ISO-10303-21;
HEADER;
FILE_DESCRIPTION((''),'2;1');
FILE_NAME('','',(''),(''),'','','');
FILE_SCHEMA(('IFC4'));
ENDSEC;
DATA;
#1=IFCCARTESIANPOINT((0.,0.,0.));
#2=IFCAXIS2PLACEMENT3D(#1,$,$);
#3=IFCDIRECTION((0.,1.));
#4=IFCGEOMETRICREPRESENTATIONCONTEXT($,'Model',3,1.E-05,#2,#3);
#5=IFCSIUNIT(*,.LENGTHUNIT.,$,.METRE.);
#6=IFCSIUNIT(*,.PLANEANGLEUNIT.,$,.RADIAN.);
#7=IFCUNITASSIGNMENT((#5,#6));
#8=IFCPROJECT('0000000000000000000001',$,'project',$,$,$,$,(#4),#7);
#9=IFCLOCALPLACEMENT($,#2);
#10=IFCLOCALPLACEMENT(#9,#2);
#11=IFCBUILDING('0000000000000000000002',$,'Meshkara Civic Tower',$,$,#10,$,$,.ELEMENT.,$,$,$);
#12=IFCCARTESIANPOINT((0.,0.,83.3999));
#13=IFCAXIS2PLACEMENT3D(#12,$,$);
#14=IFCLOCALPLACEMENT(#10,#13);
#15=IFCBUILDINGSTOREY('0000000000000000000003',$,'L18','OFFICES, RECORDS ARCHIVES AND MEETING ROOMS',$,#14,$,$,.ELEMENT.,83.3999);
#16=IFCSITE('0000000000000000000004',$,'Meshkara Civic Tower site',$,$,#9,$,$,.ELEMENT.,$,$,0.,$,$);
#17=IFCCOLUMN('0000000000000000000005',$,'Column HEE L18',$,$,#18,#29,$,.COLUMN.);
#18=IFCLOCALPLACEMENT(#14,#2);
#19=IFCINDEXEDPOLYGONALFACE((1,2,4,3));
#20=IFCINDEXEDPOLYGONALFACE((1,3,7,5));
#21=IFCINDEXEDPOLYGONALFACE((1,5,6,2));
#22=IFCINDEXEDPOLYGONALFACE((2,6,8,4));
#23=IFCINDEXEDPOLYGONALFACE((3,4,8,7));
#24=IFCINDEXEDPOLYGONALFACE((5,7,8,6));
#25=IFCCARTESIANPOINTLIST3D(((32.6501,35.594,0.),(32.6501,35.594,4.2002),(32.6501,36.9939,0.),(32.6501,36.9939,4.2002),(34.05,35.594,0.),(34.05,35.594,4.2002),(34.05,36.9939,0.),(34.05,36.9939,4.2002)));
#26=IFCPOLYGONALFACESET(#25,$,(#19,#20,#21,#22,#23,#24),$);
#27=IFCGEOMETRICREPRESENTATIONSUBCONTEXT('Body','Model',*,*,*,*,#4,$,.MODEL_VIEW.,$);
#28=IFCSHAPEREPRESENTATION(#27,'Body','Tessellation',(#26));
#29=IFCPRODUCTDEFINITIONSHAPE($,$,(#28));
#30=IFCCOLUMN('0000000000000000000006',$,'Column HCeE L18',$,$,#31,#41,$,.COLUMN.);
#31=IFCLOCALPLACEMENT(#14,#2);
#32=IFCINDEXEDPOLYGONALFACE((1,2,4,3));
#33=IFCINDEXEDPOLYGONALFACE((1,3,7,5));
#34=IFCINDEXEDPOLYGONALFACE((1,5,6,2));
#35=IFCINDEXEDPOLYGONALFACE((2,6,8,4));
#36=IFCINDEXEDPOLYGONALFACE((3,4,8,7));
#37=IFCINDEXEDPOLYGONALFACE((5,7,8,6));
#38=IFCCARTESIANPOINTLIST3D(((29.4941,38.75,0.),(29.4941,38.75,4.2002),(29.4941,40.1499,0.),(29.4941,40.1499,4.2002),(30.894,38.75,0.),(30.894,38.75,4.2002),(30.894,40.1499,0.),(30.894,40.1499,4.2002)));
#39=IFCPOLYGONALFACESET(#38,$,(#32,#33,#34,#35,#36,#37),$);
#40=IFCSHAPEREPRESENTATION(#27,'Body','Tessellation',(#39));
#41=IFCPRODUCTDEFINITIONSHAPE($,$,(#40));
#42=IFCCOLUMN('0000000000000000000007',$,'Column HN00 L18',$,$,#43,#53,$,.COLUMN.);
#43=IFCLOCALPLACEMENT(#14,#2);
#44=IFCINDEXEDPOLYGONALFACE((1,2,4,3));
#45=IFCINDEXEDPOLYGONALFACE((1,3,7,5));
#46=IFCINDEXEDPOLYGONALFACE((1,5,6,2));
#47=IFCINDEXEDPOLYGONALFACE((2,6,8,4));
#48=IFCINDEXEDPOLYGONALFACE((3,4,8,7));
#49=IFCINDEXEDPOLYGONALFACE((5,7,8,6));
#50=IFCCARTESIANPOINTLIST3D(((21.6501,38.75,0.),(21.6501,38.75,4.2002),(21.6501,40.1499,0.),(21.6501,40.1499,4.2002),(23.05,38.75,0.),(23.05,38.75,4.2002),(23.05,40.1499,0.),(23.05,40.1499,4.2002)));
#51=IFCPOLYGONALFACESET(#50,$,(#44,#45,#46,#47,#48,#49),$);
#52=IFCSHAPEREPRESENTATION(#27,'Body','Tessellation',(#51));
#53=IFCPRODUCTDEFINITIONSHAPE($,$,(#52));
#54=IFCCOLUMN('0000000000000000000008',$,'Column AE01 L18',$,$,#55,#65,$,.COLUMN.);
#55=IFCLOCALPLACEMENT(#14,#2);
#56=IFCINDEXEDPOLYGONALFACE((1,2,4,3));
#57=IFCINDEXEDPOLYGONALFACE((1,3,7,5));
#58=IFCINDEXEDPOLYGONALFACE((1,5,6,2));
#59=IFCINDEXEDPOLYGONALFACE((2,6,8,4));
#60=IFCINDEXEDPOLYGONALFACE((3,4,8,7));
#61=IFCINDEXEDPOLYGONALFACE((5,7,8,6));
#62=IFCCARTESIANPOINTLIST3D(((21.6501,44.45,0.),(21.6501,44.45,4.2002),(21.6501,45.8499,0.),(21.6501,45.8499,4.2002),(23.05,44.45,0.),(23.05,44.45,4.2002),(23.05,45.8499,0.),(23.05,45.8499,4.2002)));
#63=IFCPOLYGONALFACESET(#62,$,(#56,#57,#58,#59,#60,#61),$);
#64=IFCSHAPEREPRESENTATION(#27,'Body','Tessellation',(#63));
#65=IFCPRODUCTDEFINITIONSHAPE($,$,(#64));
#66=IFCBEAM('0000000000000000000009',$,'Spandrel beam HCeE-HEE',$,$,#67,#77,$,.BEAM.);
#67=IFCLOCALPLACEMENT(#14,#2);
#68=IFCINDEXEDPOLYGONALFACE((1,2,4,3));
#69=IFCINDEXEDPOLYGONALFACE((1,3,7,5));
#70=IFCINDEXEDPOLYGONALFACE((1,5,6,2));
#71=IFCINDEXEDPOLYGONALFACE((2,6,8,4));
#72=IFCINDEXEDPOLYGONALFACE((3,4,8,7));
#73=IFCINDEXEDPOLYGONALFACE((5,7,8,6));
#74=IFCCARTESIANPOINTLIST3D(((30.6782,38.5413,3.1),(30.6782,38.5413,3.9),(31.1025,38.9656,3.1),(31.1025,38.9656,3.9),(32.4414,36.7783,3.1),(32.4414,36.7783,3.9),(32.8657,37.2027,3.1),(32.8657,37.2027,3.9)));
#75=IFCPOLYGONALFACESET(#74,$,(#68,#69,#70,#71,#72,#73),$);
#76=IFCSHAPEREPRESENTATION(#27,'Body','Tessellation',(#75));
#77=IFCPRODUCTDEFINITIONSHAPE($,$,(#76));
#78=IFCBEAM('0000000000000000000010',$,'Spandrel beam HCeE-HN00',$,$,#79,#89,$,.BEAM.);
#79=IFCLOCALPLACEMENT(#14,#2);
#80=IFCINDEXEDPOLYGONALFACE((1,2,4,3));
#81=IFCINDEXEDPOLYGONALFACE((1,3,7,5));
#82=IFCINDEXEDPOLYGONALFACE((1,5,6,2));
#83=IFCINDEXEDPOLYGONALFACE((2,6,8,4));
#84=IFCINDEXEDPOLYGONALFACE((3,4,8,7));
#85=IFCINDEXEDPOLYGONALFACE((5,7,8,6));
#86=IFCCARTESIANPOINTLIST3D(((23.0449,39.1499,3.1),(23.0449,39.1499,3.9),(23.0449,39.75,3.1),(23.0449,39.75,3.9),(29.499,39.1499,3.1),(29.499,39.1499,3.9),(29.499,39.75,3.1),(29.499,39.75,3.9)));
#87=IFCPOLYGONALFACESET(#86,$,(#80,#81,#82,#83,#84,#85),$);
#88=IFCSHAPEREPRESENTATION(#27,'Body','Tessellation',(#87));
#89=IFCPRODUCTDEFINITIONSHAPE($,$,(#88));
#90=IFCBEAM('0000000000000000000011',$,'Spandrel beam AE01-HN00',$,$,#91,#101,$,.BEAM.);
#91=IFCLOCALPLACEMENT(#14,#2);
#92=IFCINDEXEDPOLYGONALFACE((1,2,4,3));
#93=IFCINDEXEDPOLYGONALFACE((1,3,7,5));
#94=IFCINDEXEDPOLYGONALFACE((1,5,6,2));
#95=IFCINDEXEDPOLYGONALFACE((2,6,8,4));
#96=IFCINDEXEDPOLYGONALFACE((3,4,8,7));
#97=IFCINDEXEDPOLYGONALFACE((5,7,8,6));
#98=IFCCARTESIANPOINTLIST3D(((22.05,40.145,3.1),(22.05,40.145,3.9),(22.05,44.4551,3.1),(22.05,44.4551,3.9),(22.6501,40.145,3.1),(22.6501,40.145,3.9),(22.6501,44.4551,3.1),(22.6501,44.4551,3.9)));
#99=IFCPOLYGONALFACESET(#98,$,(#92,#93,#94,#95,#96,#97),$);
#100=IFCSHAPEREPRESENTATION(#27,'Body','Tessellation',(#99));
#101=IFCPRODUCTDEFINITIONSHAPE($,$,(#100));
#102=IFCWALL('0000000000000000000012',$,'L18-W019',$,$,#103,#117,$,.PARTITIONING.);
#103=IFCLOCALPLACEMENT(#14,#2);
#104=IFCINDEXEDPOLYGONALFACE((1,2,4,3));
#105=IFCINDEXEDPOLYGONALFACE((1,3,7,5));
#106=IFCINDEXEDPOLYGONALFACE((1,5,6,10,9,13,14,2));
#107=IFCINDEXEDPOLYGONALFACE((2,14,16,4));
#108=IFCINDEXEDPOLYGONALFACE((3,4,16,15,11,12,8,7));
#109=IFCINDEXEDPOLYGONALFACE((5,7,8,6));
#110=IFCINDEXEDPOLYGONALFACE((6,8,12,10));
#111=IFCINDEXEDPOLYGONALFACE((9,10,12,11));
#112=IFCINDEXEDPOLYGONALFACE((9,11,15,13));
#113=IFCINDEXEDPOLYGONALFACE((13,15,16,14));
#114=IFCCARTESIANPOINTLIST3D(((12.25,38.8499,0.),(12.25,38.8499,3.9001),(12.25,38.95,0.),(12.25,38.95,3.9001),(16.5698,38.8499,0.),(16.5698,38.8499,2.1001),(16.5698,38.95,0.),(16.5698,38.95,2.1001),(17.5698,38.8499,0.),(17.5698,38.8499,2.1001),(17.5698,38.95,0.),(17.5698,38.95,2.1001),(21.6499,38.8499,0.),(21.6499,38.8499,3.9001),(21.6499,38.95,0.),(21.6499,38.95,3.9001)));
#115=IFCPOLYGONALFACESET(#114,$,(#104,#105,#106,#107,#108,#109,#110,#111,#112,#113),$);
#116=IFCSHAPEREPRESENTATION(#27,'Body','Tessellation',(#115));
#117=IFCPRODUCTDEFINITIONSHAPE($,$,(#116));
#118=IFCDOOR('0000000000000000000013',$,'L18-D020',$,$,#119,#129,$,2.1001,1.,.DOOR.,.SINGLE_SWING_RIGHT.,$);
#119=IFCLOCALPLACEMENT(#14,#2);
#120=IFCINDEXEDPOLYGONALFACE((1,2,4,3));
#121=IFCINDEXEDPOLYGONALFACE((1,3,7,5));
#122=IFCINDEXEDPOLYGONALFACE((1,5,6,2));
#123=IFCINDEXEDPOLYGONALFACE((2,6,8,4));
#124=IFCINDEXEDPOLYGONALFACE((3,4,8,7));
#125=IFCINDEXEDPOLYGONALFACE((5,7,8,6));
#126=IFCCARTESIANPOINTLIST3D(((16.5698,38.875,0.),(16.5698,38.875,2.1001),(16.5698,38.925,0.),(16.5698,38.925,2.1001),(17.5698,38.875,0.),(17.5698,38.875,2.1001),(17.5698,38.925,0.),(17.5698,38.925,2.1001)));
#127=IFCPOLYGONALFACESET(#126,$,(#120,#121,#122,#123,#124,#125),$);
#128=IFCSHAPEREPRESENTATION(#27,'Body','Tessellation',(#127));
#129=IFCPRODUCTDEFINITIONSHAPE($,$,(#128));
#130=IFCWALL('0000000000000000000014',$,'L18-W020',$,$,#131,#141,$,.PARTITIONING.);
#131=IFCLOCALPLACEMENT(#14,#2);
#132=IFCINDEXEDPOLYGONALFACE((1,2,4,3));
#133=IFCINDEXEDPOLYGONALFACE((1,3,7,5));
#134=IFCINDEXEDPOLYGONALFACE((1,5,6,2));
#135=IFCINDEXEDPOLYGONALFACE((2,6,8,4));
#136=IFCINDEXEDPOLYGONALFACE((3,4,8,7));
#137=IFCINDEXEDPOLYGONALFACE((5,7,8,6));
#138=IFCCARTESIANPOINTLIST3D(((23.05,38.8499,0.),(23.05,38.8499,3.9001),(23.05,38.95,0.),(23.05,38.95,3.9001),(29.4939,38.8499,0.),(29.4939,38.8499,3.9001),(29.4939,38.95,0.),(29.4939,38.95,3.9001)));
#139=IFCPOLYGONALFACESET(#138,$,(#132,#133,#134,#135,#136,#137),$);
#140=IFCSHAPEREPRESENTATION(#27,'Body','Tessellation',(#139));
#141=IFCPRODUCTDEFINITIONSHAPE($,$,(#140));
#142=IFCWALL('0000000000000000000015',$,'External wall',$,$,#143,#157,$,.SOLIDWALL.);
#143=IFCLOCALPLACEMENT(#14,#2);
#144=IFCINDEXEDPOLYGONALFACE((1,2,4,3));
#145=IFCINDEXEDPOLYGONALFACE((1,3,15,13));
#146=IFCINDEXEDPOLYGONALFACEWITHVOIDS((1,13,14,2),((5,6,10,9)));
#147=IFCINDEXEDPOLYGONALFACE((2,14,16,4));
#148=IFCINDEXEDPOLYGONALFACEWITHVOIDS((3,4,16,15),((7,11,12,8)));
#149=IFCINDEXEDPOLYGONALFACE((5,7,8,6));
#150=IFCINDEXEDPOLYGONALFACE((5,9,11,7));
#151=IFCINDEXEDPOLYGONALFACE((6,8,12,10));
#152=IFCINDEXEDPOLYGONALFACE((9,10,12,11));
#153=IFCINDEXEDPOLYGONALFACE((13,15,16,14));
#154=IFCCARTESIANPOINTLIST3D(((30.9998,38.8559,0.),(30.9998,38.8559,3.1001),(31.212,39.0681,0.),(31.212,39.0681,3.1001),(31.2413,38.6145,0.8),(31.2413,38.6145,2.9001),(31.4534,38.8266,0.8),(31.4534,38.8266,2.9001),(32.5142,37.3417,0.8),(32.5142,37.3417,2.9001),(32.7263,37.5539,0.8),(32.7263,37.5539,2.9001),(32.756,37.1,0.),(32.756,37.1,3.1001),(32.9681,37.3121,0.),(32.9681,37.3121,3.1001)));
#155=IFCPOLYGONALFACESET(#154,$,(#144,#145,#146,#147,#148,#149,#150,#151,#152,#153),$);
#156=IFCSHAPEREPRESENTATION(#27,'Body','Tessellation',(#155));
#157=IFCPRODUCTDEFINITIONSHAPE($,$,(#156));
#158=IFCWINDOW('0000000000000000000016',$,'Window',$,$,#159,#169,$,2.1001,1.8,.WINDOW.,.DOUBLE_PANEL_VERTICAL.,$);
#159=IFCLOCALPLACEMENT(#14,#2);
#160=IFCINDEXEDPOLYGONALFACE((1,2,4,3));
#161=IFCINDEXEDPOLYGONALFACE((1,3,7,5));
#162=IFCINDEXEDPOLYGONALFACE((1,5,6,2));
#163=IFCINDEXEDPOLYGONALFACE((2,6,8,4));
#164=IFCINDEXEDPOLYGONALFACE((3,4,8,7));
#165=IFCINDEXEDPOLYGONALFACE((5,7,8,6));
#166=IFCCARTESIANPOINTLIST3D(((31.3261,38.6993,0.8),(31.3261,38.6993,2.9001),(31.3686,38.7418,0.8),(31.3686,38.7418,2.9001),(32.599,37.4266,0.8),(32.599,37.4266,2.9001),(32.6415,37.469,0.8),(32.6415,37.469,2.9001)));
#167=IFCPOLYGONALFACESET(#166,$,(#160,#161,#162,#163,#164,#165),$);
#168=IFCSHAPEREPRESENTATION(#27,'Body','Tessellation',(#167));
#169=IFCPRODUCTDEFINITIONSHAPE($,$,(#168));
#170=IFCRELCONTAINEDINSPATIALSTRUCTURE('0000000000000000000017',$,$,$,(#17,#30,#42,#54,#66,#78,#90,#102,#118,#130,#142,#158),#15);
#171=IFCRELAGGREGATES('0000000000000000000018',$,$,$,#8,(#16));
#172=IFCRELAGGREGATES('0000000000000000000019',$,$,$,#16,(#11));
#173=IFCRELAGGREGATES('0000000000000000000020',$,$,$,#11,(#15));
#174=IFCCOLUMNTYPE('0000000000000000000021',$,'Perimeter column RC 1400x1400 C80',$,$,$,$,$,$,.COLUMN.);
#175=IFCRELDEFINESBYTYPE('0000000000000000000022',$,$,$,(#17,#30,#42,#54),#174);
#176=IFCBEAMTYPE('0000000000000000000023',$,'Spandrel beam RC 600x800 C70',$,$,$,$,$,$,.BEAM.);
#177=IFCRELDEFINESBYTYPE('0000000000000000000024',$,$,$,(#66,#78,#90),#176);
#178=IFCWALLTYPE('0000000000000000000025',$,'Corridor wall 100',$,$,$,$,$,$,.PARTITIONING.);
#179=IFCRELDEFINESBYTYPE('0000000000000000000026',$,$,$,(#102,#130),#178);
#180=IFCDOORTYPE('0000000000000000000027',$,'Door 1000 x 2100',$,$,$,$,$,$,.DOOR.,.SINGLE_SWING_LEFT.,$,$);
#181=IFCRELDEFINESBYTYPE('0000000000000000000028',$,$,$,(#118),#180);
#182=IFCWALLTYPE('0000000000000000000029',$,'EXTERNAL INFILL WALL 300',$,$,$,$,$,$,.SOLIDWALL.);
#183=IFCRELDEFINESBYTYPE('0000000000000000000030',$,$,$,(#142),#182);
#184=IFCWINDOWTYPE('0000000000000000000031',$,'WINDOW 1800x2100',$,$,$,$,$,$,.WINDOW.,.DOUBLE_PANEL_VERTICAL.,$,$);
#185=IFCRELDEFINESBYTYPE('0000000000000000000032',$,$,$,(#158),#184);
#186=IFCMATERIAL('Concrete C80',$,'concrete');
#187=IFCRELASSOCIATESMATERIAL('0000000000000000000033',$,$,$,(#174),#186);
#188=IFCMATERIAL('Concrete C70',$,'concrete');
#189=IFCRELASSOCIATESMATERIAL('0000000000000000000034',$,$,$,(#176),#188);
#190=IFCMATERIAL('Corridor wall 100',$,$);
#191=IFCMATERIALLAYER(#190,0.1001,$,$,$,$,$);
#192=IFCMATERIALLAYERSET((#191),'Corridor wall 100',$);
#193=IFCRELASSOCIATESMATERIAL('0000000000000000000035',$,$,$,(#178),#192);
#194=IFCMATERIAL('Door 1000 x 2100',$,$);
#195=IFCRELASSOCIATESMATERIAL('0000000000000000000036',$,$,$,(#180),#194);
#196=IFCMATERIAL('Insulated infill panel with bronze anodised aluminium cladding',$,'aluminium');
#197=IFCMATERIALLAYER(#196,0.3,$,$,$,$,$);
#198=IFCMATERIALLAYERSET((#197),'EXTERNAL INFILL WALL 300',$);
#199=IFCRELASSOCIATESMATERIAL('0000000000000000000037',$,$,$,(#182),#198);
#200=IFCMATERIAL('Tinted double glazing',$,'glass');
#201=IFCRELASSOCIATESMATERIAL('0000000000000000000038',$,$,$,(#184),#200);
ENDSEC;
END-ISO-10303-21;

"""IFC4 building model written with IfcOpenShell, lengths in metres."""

from ifc_helpers import new_model, si_unit, direction, frame, frame_2d, origin, origin_2d, place, context, subcontext, project, spatial, rectangle, extrude, material, layer, layer_set, material_profile, profile_set, type_object, element, fill, save


model = new_model("IFC4")

# Units and contexts
model_context = context("Model", 3, precision=1e-05, world=origin(), true_north=direction((0.0, 1.0)))
body_context = subcontext(model_context, "Body", "Model", "MODEL_VIEW")
ifc_project = project(units=[si_unit("LENGTHUNIT", "METRE"), si_unit("PLANEANGLEUNIT", "RADIAN")], contexts=[model_context])

# Site, building, storey
site_placement = place(None, origin())
site = spatial("IfcSite", under=ifc_project, at=site_placement, Name="Meshkara Civic Tower site", CompositionType="ELEMENT", RefElevation=0.0)
building_placement = place(site_placement, origin())
building = spatial("IfcBuilding", under=site, at=building_placement, Name="Meshkara Civic Tower", CompositionType="ELEMENT")
storey_placement = place(building_placement, frame((0.0, 0.0, 83.3999)))
storey = spatial("IfcBuildingStorey", under=building, at=storey_placement, Name="L18", Description="OFFICES, RECORDS ARCHIVES AND MEETING ROOMS", CompositionType="ELEMENT", Elevation=83.3999)

# Columns
ifc_material_1 = material(Name="Concrete C80", Category="concrete")
ifc_material_profile_1 = material_profile(ifc_material_1, rectangle(XDim=1.3999, YDim=1.3999, at=origin_2d()))
ifc_profile_set_1 = profile_set([ifc_material_profile_1], Name="Concrete C80")
column_type = type_object("IfcColumnType", Name="Perimeter column RC 1400x1400 C80", PredefinedType="COLUMN", material=ifc_profile_set_1)
for number, where, z_axis, x_axis, name in (
    (1, (33.3501, 36.2939, 0.0), (0.0, 0.0, 1.0), (1.0, 0.0, 0.0), "Column HEE L18"),
    (2, (30.1941, 39.45, 0.0), (0.0, 0.0, 1.0), (1.0, 0.0, 0.0), "Column HCeE L18"),
    (3, (22.3501, 39.45, 0.0), (0.0, 0.0, 1.0), (1.0, 0.0, 0.0), "Column HN00 L18"),
    (4, (22.3501, 45.1499, 0.0), (0.0, 0.0, 1.0), (1.0, 0.0, 0.0), "Column AE01 L18"),
):
    element("IfcColumn", number, at=place(storey_placement, frame(where, z_axis=z_axis, x_axis=x_axis)), inside=storey, type_object=column_type, Name=name, PredefinedType="COLUMN", context=body_context, shape_type="SweptSolid", body=[
        extrude(rectangle(XDim=1.3999, YDim=1.3999, at=origin_2d()), origin(), (0.0, 0.0, 1.0), 4.2002),
    ])

# Beams
ifc_material_2 = material(Name="Concrete C70", Category="concrete")
ifc_material_profile_2 = material_profile(ifc_material_2, rectangle(XDim=0.6001, YDim=0.8, at=origin_2d()))
ifc_profile_set_2 = profile_set([ifc_material_profile_2], Name="Concrete C70")
beam_type = type_object("IfcBeamType", Name="Spandrel beam RC 600x800 C70", PredefinedType="BEAM", material=ifc_profile_set_2)
beam_1_placement = place(storey_placement, frame((32.6536, 36.9905, 3.5), z_axis=(-0.707156, 0.707058, 0.0), x_axis=(-0.707058, -0.707156, 0.0)))
element("IfcBeam", 5, at=beam_1_placement, inside=storey, type_object=beam_type, Name="Spandrel beam HCeE-HEE", PredefinedType="BEAM", context=body_context, shape_type="SweptSolid", body=[
    extrude(rectangle(XDim=0.6001, YDim=0.8, at=origin_2d()), origin(), (0.0, 0.0, 1.0), 2.4934),
])
beam_2_placement = place(storey_placement, frame((29.499, 39.45, 3.5), z_axis=(-1.0, 0.0, 0.0), x_axis=(0.0, -1.0, 0.0)))
element("IfcBeam", 6, at=beam_2_placement, inside=storey, type_object=beam_type, Name="Spandrel beam HCeE-HN00", PredefinedType="BEAM", context=body_context, shape_type="SweptSolid", body=[
    extrude(rectangle(XDim=0.6001, YDim=0.8, at=origin_2d()), origin(), (0.0, 0.0, 1.0), 6.4541),
])
beam_3_placement = place(storey_placement, frame((22.3501, 40.145, 3.5), z_axis=(0.0, 1.0, 0.0), x_axis=(-1.0, 0.0, 0.0)))
element("IfcBeam", 7, at=beam_3_placement, inside=storey, type_object=beam_type, Name="Spandrel beam AE01-HN00", PredefinedType="BEAM", context=body_context, shape_type="SweptSolid", body=[
    extrude(rectangle(XDim=0.6001, YDim=0.8, at=origin_2d()), origin(), (0.0, 0.0, 1.0), 4.3101),
])

# Wall, opening, door
ifc_material_3 = material(Name="Corridor wall 100")
ifc_layer_1 = layer(ifc_material_3, 0.1001)
ifc_layer_set_1 = layer_set([ifc_layer_1], Name="Corridor wall 100")
wall_type_1 = type_object("IfcWallType", Name="Corridor wall 100", PredefinedType="PARTITIONING", material=ifc_layer_set_1)
wall_1_placement = place(storey_placement, frame((21.6499, 38.8999, 0.0), z_axis=(0.0, 0.0, 1.0), x_axis=(-1.0, 0.0, 0.0)))
wall_1 = element("IfcWall", 8, at=wall_1_placement, inside=storey, type_object=wall_type_1, Name="L18-W019", PredefinedType="PARTITIONING", context=body_context, shape_type="SweptSolid", body=[
    extrude(rectangle(XDim=9.3999, YDim=0.1001, at=frame_2d((4.7, 0.0))), origin(), (0.0, 0.0, 1.0), 3.9001),
])
opening_1_placement = place(wall_1_placement, frame((4.0801, 0.0, 0.0)))
opening_1 = element("IfcOpeningElement", 9, at=opening_1_placement, cuts=wall_1, PredefinedType="OPENING", context=body_context, shape_type="SweptSolid", body=[
    extrude(rectangle(XDim=1.0, YDim=2.1001, at=frame_2d((0.5, 1.05))), frame((0.0, 0.0601, 0.0), z_axis=(0.0, -1.0, 0.0), x_axis=(1.0, 0.0, 0.0)), (0.0, 0.0, 1.0), 0.1201),
])
ifc_material_4 = material(Name="Door 1000 x 2100")
door_type = type_object("IfcDoorType", Name="Door 1000 x 2100", OperationType="SINGLE_SWING_LEFT", PredefinedType="DOOR", material=ifc_material_4)
door_placement = place(opening_1_placement, origin())
door = element("IfcDoor", 10, at=door_placement, inside=storey, type_object=door_type, Name="L18-D020", OperationType="SINGLE_SWING_RIGHT", OverallHeight=2.1001, OverallWidth=1.0, PredefinedType="DOOR", context=body_context, shape_type="SweptSolid", body=[
    extrude(rectangle(XDim=1.0, YDim=2.1001, at=frame_2d((0.5, 1.05))), frame((0.0, 0.0249, 0.0), z_axis=(0.0, -1.0, 0.0), x_axis=(1.0, 0.0, 0.0)), (0.0, 0.0, 1.0), 0.05),
])
fill(opening_1, door)

# Wall
wall_2_placement = place(storey_placement, frame((29.4939, 38.8999, 0.0), z_axis=(0.0, 0.0, 1.0), x_axis=(-1.0, 0.0, 0.0)))
element("IfcWall", 11, at=wall_2_placement, inside=storey, type_object=wall_type_1, Name="L18-W020", PredefinedType="PARTITIONING", context=body_context, shape_type="SweptSolid", body=[
    extrude(rectangle(XDim=6.4438, YDim=0.1001, at=frame_2d((3.2219, 0.0))), origin(), (0.0, 0.0, 1.0), 3.9001),
])

# Wall, opening, window
ifc_material_5 = material(Name="Insulated infill panel with bronze anodised aluminium cladding", Category="aluminium")
ifc_layer_2 = layer(ifc_material_5, 0.3)
ifc_layer_set_2 = layer_set([ifc_layer_2], Name="EXTERNAL INFILL WALL 300")
wall_type_2 = type_object("IfcWallType", Name="EXTERNAL INFILL WALL 300", PredefinedType="SOLIDWALL", material=ifc_layer_set_2)
wall_3_placement = place(storey_placement, frame((32.8621, 37.2061, 0.0), z_axis=(0.0, 0.0, 1.0), x_axis=(-0.707156, 0.707058, 0.0)))
wall_3 = element("IfcWall", 12, at=wall_3_placement, inside=storey, type_object=wall_type_2, Name="External wall", PredefinedType="SOLIDWALL", context=body_context, shape_type="SweptSolid", body=[
    extrude(rectangle(XDim=2.4834, YDim=0.3, at=frame_2d((1.2417, 0.0))), origin(), (0.0, 0.0, 1.0), 3.1001),
])
opening_2_placement = place(wall_3_placement, frame((0.342, 0.0, 0.8)))
opening_2 = element("IfcOpeningElement", 13, at=opening_2_placement, cuts=wall_3, PredefinedType="OPENING", context=body_context, shape_type="SweptSolid", body=[
    extrude(rectangle(XDim=1.8, YDim=2.1001, at=frame_2d((0.8999, 1.05))), frame((0.0, 0.1599, 0.0), z_axis=(0.0, -1.0, 0.0), x_axis=(1.0, 0.0, 0.0)), (0.0, 0.0, 1.0), 0.3201),
])
ifc_material_6 = material(Name="Tinted double glazing", Category="glass")
window_type_1 = type_object("IfcWindowType", Name="WINDOW 1800x2100", PartitioningType="DOUBLE_PANEL_VERTICAL", PredefinedType="WINDOW", material=ifc_material_6)
window_1_placement = place(opening_2_placement, origin())
window_1 = element("IfcWindow", 14, at=window_1_placement, inside=storey, type_object=window_type_1, Name="Window", OverallHeight=2.1001, OverallWidth=1.8, PartitioningType="DOUBLE_PANEL_VERTICAL", PredefinedType="WINDOW", context=body_context, shape_type="SweptSolid", body=[
    extrude(rectangle(XDim=1.8, YDim=2.1001, at=frame_2d((0.8999, 1.05))), frame((0.0, 0.03, 0.0), z_axis=(0.0, -1.0, 0.0), x_axis=(1.0, 0.0, 0.0)), (0.0, 0.0, 1.0), 0.0601),
])
fill(opening_2, window_1)

save(model, "model.ifc")
